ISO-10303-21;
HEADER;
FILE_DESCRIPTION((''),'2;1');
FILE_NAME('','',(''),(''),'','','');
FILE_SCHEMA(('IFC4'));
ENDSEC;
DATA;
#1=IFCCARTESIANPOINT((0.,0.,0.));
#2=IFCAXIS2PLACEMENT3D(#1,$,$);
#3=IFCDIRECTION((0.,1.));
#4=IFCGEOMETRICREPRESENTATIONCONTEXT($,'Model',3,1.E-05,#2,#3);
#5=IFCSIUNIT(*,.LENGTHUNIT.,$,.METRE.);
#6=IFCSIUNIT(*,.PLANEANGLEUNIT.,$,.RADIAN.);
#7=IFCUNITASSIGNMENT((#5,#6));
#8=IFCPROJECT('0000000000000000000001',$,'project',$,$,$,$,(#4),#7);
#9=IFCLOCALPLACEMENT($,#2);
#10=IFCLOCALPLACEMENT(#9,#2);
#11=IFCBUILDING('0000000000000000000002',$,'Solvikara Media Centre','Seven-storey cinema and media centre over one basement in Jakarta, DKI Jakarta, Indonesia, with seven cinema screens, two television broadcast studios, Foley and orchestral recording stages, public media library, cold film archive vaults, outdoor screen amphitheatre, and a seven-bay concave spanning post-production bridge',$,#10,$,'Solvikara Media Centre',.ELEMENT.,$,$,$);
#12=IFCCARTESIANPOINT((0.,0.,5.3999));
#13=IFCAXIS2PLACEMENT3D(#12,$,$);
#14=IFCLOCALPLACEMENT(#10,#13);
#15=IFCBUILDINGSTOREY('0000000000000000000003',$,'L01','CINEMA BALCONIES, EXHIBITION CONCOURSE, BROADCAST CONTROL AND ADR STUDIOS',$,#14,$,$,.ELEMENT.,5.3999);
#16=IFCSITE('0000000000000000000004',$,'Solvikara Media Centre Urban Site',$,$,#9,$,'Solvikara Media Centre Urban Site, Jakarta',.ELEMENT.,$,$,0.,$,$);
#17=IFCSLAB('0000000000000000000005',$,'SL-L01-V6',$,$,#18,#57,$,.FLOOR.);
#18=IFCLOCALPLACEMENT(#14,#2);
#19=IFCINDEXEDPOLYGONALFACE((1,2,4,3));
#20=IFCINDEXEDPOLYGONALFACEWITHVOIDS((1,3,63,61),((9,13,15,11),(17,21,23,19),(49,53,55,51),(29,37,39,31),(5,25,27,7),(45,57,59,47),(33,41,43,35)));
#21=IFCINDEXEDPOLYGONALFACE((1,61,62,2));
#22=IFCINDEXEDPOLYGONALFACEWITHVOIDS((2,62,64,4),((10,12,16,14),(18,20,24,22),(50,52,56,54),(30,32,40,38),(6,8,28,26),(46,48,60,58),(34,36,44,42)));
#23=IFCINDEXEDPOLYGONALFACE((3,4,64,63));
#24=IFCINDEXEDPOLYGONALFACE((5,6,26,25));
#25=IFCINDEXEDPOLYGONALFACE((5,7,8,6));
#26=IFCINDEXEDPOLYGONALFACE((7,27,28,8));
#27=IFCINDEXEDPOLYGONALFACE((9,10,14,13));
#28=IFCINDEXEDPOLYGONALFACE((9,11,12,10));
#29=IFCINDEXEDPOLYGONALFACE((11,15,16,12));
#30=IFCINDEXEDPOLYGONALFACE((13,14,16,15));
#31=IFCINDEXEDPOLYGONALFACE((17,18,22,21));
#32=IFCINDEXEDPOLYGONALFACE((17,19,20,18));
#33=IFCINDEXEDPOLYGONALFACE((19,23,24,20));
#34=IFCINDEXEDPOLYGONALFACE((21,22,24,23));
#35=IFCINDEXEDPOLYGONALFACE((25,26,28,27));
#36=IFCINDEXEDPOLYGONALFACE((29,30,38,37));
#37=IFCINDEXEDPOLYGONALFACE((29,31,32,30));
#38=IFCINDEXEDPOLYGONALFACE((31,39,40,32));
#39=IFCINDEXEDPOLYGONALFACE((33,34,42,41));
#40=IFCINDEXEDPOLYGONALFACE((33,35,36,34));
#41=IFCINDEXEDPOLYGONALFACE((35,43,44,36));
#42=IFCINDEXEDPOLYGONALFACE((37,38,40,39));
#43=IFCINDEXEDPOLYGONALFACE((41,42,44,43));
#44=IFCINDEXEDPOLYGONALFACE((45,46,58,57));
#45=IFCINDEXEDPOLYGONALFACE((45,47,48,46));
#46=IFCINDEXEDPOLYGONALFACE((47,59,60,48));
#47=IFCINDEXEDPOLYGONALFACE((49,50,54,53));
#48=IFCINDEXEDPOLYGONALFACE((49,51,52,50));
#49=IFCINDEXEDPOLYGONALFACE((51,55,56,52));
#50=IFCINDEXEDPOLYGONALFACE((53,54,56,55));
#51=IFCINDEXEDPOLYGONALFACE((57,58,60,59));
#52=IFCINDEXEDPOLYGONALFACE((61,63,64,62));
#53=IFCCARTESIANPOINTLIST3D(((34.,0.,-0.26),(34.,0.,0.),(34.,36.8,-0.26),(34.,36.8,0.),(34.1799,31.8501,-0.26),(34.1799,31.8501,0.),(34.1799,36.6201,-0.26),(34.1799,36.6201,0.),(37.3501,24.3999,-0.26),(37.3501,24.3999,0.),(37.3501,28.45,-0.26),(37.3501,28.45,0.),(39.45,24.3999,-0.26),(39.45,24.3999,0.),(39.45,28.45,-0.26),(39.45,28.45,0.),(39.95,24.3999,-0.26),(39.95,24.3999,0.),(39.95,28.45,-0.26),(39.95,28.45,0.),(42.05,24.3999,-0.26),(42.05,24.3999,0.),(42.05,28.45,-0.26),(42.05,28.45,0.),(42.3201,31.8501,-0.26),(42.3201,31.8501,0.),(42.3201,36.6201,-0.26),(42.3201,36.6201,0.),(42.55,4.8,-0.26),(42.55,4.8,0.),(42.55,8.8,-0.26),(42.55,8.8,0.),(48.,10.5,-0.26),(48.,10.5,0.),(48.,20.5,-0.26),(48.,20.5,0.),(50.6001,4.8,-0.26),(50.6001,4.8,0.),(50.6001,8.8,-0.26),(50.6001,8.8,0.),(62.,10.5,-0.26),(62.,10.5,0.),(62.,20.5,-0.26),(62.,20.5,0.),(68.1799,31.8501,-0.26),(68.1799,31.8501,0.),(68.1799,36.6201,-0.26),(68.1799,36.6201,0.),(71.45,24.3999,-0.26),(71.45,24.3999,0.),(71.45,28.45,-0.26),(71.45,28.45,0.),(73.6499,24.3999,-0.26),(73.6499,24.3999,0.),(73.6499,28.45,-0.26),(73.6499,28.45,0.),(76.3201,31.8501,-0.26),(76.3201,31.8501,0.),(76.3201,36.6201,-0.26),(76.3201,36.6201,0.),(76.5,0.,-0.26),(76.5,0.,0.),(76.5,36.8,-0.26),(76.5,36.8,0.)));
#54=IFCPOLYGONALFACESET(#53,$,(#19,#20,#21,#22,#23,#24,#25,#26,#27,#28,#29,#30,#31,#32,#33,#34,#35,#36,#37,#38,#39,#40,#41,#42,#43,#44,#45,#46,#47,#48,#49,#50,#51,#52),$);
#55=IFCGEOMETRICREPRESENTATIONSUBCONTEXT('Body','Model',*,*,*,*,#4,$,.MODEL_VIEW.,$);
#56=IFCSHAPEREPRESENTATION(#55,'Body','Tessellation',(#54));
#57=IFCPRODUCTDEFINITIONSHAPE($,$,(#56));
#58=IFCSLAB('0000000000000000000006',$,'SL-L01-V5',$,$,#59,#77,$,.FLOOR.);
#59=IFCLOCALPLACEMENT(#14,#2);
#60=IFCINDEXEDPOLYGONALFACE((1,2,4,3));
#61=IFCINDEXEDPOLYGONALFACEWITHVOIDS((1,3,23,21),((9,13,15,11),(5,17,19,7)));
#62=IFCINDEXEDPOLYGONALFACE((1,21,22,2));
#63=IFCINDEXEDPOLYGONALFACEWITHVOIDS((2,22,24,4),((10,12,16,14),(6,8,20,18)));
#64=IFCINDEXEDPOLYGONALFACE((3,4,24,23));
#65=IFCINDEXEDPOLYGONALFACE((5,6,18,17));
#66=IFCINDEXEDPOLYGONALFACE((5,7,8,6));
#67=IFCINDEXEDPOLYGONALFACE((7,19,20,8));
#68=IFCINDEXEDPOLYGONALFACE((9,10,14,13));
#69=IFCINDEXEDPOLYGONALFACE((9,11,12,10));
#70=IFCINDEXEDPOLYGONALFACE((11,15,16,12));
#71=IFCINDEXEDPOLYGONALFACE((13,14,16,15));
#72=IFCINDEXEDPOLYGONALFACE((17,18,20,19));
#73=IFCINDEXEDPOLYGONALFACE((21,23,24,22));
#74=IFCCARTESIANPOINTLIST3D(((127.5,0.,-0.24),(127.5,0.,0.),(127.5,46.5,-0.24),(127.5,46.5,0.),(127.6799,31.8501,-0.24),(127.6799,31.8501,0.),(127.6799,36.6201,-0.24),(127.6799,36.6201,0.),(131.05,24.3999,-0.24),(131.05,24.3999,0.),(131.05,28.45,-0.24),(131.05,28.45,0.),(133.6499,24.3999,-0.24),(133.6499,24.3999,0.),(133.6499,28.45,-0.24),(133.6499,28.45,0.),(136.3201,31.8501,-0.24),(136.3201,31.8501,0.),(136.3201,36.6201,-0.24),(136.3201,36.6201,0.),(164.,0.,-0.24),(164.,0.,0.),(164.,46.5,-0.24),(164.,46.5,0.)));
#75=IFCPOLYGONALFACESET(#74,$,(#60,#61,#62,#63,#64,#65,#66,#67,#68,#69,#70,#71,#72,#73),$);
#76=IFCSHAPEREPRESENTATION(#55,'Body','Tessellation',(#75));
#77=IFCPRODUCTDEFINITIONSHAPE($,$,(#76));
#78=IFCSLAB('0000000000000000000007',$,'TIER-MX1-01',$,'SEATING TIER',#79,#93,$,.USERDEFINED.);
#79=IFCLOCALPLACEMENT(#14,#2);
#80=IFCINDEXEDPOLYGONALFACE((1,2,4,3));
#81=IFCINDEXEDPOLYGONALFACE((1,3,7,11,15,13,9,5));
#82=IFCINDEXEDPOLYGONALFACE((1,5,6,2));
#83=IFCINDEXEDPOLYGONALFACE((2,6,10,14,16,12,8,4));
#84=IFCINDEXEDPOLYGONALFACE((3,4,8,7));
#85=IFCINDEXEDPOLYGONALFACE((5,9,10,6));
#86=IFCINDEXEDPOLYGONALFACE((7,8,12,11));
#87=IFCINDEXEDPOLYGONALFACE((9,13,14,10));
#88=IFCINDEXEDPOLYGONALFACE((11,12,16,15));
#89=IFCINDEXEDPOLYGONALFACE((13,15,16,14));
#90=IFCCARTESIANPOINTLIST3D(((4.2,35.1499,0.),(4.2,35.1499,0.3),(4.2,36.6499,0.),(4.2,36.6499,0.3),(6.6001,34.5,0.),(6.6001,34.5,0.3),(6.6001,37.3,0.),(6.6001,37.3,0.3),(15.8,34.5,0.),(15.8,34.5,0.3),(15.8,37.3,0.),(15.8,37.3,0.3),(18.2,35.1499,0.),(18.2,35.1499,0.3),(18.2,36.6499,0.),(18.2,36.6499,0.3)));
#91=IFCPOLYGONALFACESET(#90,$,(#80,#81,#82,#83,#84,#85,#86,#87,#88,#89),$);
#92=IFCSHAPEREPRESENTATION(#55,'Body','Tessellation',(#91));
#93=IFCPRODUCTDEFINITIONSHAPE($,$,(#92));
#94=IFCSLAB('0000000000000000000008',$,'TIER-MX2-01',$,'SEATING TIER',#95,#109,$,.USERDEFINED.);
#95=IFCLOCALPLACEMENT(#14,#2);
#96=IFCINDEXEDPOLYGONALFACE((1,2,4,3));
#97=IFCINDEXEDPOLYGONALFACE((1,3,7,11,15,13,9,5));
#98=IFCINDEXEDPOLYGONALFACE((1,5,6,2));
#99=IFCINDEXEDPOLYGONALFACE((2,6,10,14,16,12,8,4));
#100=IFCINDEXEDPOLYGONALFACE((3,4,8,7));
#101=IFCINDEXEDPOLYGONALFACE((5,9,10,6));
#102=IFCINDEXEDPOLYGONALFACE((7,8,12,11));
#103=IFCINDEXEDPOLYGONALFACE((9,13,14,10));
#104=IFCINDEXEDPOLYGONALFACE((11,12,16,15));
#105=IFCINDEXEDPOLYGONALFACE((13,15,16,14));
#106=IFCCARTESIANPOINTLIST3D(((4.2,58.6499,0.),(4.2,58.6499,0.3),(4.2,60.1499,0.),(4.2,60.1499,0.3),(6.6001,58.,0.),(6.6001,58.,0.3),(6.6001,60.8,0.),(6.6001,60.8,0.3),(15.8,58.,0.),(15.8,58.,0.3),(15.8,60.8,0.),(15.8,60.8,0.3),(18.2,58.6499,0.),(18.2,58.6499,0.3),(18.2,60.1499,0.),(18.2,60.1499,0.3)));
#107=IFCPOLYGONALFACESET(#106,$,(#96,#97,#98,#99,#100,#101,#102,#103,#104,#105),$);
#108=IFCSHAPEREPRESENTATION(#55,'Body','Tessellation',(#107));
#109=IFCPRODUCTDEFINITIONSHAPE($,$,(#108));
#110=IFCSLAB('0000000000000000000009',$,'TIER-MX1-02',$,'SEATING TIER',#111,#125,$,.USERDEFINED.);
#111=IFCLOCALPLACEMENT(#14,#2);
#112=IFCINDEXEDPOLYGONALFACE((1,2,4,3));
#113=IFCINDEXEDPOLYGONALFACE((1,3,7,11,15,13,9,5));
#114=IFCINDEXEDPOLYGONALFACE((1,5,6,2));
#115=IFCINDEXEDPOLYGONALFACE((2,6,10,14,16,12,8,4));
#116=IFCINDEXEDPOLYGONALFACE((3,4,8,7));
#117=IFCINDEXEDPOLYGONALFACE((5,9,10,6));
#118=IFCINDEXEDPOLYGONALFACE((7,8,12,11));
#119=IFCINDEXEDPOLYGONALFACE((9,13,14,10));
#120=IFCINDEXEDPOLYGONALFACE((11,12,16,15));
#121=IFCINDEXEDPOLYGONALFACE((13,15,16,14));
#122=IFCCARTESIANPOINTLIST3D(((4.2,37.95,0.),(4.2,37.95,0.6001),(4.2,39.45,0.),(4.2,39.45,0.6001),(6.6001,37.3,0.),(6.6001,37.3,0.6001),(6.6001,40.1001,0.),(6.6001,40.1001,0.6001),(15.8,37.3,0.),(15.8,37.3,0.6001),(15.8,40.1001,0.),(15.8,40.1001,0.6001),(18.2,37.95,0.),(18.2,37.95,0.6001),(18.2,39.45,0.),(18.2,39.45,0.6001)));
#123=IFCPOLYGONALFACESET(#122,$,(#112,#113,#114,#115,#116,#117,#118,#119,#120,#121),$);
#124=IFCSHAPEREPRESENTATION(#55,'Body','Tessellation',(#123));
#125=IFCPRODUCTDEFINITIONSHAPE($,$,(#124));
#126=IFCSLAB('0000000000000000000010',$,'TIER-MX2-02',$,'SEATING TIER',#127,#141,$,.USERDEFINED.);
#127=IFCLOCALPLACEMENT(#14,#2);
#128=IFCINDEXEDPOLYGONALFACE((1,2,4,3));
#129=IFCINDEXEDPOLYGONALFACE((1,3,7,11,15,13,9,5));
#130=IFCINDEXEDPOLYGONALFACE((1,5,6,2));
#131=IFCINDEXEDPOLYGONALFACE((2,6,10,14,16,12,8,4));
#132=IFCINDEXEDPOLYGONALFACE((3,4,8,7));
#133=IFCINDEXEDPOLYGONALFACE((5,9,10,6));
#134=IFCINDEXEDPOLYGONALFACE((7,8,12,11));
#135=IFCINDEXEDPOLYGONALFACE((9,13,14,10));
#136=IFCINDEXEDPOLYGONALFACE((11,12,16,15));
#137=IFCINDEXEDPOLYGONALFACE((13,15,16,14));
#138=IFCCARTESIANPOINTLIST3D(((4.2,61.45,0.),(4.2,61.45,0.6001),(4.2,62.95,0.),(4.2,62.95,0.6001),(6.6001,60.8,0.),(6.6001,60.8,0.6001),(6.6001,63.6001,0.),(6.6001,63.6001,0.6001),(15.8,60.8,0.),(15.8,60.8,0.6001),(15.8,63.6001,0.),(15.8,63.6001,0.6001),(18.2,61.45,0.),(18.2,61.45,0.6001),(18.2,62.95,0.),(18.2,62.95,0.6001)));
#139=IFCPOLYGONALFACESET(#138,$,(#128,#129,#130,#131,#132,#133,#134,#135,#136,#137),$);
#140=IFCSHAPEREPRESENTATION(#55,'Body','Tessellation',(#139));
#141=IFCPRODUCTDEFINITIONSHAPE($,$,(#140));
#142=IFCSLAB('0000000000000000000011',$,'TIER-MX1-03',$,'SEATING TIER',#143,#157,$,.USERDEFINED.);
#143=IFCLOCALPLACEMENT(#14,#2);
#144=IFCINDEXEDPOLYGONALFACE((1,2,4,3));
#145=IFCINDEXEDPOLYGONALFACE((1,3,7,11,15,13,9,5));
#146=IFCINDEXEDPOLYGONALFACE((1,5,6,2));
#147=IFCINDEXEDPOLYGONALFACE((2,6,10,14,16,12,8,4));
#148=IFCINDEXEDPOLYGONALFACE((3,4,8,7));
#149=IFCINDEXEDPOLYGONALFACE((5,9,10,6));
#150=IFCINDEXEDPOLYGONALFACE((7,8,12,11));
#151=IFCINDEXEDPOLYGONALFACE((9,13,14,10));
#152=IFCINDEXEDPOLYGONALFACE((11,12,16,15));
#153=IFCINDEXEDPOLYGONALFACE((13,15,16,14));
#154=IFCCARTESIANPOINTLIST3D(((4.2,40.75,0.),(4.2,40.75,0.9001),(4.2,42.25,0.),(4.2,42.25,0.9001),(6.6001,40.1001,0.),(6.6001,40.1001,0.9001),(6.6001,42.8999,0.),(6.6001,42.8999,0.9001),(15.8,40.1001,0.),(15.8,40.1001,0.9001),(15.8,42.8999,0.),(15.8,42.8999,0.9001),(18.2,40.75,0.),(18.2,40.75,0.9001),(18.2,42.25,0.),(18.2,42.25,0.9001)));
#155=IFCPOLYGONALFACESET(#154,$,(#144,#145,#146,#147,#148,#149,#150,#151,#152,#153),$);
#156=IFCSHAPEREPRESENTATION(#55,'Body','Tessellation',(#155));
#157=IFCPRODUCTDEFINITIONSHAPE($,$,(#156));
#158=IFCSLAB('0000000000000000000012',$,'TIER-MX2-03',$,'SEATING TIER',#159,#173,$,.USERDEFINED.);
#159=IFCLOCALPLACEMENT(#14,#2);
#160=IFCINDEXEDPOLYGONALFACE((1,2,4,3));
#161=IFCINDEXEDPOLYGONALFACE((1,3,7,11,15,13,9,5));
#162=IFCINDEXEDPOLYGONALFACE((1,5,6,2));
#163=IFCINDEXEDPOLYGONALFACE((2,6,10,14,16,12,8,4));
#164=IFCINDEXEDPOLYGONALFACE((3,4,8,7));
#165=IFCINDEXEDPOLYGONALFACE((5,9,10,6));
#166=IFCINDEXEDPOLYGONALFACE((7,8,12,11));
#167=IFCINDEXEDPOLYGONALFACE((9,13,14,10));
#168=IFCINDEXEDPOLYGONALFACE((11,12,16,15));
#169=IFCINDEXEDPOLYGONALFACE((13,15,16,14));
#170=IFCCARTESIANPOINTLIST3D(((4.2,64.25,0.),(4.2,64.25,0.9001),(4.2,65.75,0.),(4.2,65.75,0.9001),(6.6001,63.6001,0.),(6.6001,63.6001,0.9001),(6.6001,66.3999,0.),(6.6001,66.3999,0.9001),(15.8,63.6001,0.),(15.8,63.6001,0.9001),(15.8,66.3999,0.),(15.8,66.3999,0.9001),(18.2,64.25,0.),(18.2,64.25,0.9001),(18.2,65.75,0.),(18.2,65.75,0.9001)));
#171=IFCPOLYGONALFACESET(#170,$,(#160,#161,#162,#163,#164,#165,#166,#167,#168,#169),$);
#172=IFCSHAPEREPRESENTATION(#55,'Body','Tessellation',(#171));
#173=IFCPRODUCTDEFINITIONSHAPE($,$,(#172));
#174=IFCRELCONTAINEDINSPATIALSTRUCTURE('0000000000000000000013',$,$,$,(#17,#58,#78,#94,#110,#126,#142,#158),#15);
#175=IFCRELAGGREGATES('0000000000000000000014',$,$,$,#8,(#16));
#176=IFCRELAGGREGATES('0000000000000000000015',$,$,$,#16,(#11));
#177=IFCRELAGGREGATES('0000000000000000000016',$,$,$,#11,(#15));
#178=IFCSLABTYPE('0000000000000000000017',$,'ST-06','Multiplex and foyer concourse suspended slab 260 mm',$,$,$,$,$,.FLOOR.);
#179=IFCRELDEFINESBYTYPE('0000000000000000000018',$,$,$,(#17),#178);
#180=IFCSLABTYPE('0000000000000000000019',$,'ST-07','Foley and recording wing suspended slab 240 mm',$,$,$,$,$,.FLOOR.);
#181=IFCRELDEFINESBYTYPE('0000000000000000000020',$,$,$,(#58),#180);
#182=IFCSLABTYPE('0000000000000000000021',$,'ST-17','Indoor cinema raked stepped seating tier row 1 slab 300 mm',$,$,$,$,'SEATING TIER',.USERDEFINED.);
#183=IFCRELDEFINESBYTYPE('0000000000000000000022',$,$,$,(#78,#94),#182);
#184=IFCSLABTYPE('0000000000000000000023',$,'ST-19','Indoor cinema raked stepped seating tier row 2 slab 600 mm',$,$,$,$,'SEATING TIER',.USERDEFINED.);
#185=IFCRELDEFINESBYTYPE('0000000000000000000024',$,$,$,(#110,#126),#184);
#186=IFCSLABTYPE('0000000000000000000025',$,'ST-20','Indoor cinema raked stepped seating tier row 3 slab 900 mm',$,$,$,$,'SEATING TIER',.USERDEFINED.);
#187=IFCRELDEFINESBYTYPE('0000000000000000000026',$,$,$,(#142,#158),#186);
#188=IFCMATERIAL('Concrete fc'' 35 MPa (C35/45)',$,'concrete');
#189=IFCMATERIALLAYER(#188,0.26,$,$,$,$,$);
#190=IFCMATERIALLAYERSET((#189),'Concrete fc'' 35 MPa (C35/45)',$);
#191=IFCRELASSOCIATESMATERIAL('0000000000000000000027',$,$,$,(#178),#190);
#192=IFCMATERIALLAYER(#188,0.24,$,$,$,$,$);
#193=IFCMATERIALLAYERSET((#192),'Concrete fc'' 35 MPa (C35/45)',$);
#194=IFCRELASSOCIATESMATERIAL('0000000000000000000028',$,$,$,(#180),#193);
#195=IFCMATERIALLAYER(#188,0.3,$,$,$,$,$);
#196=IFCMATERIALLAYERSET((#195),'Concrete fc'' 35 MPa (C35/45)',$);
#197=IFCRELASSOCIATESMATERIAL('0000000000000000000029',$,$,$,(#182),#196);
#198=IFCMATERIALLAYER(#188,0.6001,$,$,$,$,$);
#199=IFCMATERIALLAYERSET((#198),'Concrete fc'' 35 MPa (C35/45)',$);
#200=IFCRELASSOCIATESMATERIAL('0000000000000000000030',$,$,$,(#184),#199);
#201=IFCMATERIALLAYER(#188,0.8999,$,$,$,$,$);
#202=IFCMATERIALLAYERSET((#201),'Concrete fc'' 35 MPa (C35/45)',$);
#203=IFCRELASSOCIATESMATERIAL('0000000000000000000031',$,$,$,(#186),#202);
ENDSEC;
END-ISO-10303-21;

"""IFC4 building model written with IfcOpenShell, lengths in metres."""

from ifc_helpers import new_model, si_unit, direction, frame, origin, place, context, subcontext, project, spatial, polyline, outline, extrude, material, layer, layer_set, type_object, element, save


model = new_model("IFC4")

# Units and contexts
model_context = context("Model", 3, precision=1e-05, world=origin(), true_north=direction((0.0, 1.0)))
body_context = subcontext(model_context, "Body", "Model", "MODEL_VIEW")
ifc_project = project(units=[si_unit("LENGTHUNIT", "METRE"), si_unit("PLANEANGLEUNIT", "RADIAN")], contexts=[model_context])

# Site, building, storey
site_placement = place(None, origin())
site = spatial("IfcSite", under=ifc_project, at=site_placement, Name="Solvikara Media Centre Urban Site", LongName="Solvikara Media Centre Urban Site, Jakarta", CompositionType="ELEMENT", RefElevation=0.0)
building_placement = place(site_placement, origin())
building = spatial("IfcBuilding", under=site, at=building_placement, Name="Solvikara Media Centre", Description="Seven-storey cinema and media centre over one basement in Jakarta, DKI Jakarta, Indonesia, with seven cinema screens, two television broadcast studios, Foley and orchestral recording stages, public media library, cold film archive vaults, outdoor screen amphitheatre, and a seven-bay concave spanning post-production bridge", LongName="Solvikara Media Centre", CompositionType="ELEMENT")
storey_placement = place(building_placement, frame((0.0, 0.0, 5.3999)))
storey = spatial("IfcBuildingStorey", under=building, at=storey_placement, Name="L01", Description="CINEMA BALCONIES, EXHIBITION CONCOURSE, BROADCAST CONTROL AND ADR STUDIOS", CompositionType="ELEMENT", Elevation=5.3999)

# Slabs
ifc_material_1 = material(Name="Concrete fc' 35 MPa (C35/45)", Category="concrete")
ifc_layer_1 = layer(ifc_material_1, 0.26)
ifc_layer_set_1 = layer_set([ifc_layer_1], Name="Concrete fc' 35 MPa (C35/45)")
slab_type_1 = type_object("IfcSlabType", Name="ST-06", Description="Multiplex and foyer concourse suspended slab 260 mm", PredefinedType="FLOOR", material=ifc_layer_set_1)
slab_1_placement = place(storey_placement, frame((0.0, 0.0, -0.26)))
element("IfcSlab", 1, at=slab_1_placement, inside=storey, type_object=slab_type_1, Name="SL-L01-V6", PredefinedType="FLOOR", context=body_context, shape_type="SweptSolid", body=[
    extrude(outline(polyline([(34.0, 0.0), (76.5, 0.0), (76.5, 36.8), (34.0, 36.8), (34.0, 0.0)]), holes=[polyline([(34.1799, 31.8501), (42.3201, 31.8501), (42.3201, 36.6201), (34.1799, 36.6201), (34.1799, 31.8501)]), polyline([(37.3501, 24.3999), (39.45, 24.3999), (39.45, 28.45), (37.3501, 28.45), (37.3501, 24.3999)]), polyline([(39.95, 24.3999), (42.05, 24.3999), (42.05, 28.45), (39.95, 28.45), (39.95, 24.3999)]), polyline([(68.1799, 31.8501), (76.3201, 31.8501), (76.3201, 36.6201), (68.1799, 36.6201), (68.1799, 31.8501)]), polyline([(71.45, 24.3999), (73.6499, 24.3999), (73.6499, 28.45), (71.45, 28.45), (71.45, 24.3999)]), polyline([(42.55, 4.8), (50.6001, 4.8), (50.6001, 8.8), (42.55, 8.8), (42.55, 4.8)]), polyline([(48.0, 10.5), (62.0, 10.5), (62.0, 20.5), (48.0, 20.5), (48.0, 10.5)])]), origin(), (0.0, 0.0, 1.0), 0.26),
])
ifc_layer_2 = layer(ifc_material_1, 0.24)
ifc_layer_set_2 = layer_set([ifc_layer_2], Name="Concrete fc' 35 MPa (C35/45)")
slab_type_2 = type_object("IfcSlabType", Name="ST-07", Description="Foley and recording wing suspended slab 240 mm", PredefinedType="FLOOR", material=ifc_layer_set_2)
slab_2_placement = place(storey_placement, frame((0.0, 0.0, -0.24)))
element("IfcSlab", 2, at=slab_2_placement, inside=storey, type_object=slab_type_2, Name="SL-L01-V5", PredefinedType="FLOOR", context=body_context, shape_type="SweptSolid", body=[
    extrude(outline(polyline([(127.5, 0.0), (164.0, 0.0), (164.0, 46.5), (127.5, 46.5), (127.5, 0.0)]), holes=[polyline([(127.6799, 31.8501), (136.3201, 31.8501), (136.3201, 36.6201), (127.6799, 36.6201), (127.6799, 31.8501)]), polyline([(131.05, 24.3999), (133.6499, 24.3999), (133.6499, 28.45), (131.05, 28.45), (131.05, 24.3999)])]), origin(), (0.0, 0.0, 1.0), 0.24),
])
ifc_layer_3 = layer(ifc_material_1, 0.3)
ifc_layer_set_3 = layer_set([ifc_layer_3], Name="Concrete fc' 35 MPa (C35/45)")
slab_type_3 = type_object("IfcSlabType", Name="ST-17", Description="Indoor cinema raked stepped seating tier row 1 slab 300 mm", ElementType="SEATING TIER", PredefinedType="USERDEFINED", material=ifc_layer_set_3)
slab_3_placement = place(storey_placement, origin())
element("IfcSlab", 3, at=slab_3_placement, inside=storey, type_object=slab_type_3, Name="TIER-MX1-01", ObjectType="SEATING TIER", PredefinedType="USERDEFINED", context=body_context, shape_type="SweptSolid", body=[
    extrude(outline(polyline([(6.6001, 34.5), (15.8, 34.5), (18.2, 35.1499), (18.2, 36.6499), (15.8, 37.3), (6.6001, 37.3), (4.2, 36.6499), (4.2, 35.1499), (6.6001, 34.5)])), origin(), (0.0, 0.0, 1.0), 0.3),
])
slab_4_placement = place(storey_placement, origin())
element("IfcSlab", 4, at=slab_4_placement, inside=storey, type_object=slab_type_3, Name="TIER-MX2-01", ObjectType="SEATING TIER", PredefinedType="USERDEFINED", context=body_context, shape_type="SweptSolid", body=[
    extrude(outline(polyline([(6.6001, 58.0), (15.8, 58.0), (18.2, 58.6499), (18.2, 60.1499), (15.8, 60.8), (6.6001, 60.8), (4.2, 60.1499), (4.2, 58.6499), (6.6001, 58.0)])), origin(), (0.0, 0.0, 1.0), 0.3),
])
ifc_layer_4 = layer(ifc_material_1, 0.6001)
ifc_layer_set_4 = layer_set([ifc_layer_4], Name="Concrete fc' 35 MPa (C35/45)")
slab_type_4 = type_object("IfcSlabType", Name="ST-19", Description="Indoor cinema raked stepped seating tier row 2 slab 600 mm", ElementType="SEATING TIER", PredefinedType="USERDEFINED", material=ifc_layer_set_4)
slab_5_placement = place(storey_placement, origin())
element("IfcSlab", 5, at=slab_5_placement, inside=storey, type_object=slab_type_4, Name="TIER-MX1-02", ObjectType="SEATING TIER", PredefinedType="USERDEFINED", context=body_context, shape_type="SweptSolid", body=[
    extrude(outline(polyline([(6.6001, 37.3), (15.8, 37.3), (18.2, 37.95), (18.2, 39.45), (15.8, 40.1001), (6.6001, 40.1001), (4.2, 39.45), (4.2, 37.95), (6.6001, 37.3)])), origin(), (0.0, 0.0, 1.0), 0.6001),
])
slab_6_placement = place(storey_placement, origin())
element("IfcSlab", 6, at=slab_6_placement, inside=storey, type_object=slab_type_4, Name="TIER-MX2-02", ObjectType="SEATING TIER", PredefinedType="USERDEFINED", context=body_context, shape_type="SweptSolid", body=[
    extrude(outline(polyline([(6.6001, 60.8), (15.8, 60.8), (18.2, 61.45), (18.2, 62.95), (15.8, 63.6001), (6.6001, 63.6001), (4.2, 62.95), (4.2, 61.45), (6.6001, 60.8)])), origin(), (0.0, 0.0, 1.0), 0.6001),
])
ifc_layer_5 = layer(ifc_material_1, 0.8999)
ifc_layer_set_5 = layer_set([ifc_layer_5], Name="Concrete fc' 35 MPa (C35/45)")
slab_type_5 = type_object("IfcSlabType", Name="ST-20", Description="Indoor cinema raked stepped seating tier row 3 slab 900 mm", ElementType="SEATING TIER", PredefinedType="USERDEFINED", material=ifc_layer_set_5)
slab_7_placement = place(storey_placement, origin())
element("IfcSlab", 7, at=slab_7_placement, inside=storey, type_object=slab_type_5, Name="TIER-MX1-03", ObjectType="SEATING TIER", PredefinedType="USERDEFINED", context=body_context, shape_type="SweptSolid", body=[
    extrude(outline(polyline([(6.6001, 40.1001), (15.8, 40.1001), (18.2, 40.75), (18.2, 42.25), (15.8, 42.8999), (6.6001, 42.8999), (4.2, 42.25), (4.2, 40.75), (6.6001, 40.1001)])), origin(), (0.0, 0.0, 1.0), 0.9001),
])
slab_8_placement = place(storey_placement, origin())
element("IfcSlab", 8, at=slab_8_placement, inside=storey, type_object=slab_type_5, Name="TIER-MX2-03", ObjectType="SEATING TIER", PredefinedType="USERDEFINED", context=body_context, shape_type="SweptSolid", body=[
    extrude(outline(polyline([(6.6001, 63.6001), (15.8, 63.6001), (18.2, 64.25), (18.2, 65.75), (15.8, 66.3999), (6.6001, 66.3999), (4.2, 65.75), (4.2, 64.25), (6.6001, 63.6001)])), origin(), (0.0, 0.0, 1.0), 0.9001),
])

save(model, "model.ifc")
